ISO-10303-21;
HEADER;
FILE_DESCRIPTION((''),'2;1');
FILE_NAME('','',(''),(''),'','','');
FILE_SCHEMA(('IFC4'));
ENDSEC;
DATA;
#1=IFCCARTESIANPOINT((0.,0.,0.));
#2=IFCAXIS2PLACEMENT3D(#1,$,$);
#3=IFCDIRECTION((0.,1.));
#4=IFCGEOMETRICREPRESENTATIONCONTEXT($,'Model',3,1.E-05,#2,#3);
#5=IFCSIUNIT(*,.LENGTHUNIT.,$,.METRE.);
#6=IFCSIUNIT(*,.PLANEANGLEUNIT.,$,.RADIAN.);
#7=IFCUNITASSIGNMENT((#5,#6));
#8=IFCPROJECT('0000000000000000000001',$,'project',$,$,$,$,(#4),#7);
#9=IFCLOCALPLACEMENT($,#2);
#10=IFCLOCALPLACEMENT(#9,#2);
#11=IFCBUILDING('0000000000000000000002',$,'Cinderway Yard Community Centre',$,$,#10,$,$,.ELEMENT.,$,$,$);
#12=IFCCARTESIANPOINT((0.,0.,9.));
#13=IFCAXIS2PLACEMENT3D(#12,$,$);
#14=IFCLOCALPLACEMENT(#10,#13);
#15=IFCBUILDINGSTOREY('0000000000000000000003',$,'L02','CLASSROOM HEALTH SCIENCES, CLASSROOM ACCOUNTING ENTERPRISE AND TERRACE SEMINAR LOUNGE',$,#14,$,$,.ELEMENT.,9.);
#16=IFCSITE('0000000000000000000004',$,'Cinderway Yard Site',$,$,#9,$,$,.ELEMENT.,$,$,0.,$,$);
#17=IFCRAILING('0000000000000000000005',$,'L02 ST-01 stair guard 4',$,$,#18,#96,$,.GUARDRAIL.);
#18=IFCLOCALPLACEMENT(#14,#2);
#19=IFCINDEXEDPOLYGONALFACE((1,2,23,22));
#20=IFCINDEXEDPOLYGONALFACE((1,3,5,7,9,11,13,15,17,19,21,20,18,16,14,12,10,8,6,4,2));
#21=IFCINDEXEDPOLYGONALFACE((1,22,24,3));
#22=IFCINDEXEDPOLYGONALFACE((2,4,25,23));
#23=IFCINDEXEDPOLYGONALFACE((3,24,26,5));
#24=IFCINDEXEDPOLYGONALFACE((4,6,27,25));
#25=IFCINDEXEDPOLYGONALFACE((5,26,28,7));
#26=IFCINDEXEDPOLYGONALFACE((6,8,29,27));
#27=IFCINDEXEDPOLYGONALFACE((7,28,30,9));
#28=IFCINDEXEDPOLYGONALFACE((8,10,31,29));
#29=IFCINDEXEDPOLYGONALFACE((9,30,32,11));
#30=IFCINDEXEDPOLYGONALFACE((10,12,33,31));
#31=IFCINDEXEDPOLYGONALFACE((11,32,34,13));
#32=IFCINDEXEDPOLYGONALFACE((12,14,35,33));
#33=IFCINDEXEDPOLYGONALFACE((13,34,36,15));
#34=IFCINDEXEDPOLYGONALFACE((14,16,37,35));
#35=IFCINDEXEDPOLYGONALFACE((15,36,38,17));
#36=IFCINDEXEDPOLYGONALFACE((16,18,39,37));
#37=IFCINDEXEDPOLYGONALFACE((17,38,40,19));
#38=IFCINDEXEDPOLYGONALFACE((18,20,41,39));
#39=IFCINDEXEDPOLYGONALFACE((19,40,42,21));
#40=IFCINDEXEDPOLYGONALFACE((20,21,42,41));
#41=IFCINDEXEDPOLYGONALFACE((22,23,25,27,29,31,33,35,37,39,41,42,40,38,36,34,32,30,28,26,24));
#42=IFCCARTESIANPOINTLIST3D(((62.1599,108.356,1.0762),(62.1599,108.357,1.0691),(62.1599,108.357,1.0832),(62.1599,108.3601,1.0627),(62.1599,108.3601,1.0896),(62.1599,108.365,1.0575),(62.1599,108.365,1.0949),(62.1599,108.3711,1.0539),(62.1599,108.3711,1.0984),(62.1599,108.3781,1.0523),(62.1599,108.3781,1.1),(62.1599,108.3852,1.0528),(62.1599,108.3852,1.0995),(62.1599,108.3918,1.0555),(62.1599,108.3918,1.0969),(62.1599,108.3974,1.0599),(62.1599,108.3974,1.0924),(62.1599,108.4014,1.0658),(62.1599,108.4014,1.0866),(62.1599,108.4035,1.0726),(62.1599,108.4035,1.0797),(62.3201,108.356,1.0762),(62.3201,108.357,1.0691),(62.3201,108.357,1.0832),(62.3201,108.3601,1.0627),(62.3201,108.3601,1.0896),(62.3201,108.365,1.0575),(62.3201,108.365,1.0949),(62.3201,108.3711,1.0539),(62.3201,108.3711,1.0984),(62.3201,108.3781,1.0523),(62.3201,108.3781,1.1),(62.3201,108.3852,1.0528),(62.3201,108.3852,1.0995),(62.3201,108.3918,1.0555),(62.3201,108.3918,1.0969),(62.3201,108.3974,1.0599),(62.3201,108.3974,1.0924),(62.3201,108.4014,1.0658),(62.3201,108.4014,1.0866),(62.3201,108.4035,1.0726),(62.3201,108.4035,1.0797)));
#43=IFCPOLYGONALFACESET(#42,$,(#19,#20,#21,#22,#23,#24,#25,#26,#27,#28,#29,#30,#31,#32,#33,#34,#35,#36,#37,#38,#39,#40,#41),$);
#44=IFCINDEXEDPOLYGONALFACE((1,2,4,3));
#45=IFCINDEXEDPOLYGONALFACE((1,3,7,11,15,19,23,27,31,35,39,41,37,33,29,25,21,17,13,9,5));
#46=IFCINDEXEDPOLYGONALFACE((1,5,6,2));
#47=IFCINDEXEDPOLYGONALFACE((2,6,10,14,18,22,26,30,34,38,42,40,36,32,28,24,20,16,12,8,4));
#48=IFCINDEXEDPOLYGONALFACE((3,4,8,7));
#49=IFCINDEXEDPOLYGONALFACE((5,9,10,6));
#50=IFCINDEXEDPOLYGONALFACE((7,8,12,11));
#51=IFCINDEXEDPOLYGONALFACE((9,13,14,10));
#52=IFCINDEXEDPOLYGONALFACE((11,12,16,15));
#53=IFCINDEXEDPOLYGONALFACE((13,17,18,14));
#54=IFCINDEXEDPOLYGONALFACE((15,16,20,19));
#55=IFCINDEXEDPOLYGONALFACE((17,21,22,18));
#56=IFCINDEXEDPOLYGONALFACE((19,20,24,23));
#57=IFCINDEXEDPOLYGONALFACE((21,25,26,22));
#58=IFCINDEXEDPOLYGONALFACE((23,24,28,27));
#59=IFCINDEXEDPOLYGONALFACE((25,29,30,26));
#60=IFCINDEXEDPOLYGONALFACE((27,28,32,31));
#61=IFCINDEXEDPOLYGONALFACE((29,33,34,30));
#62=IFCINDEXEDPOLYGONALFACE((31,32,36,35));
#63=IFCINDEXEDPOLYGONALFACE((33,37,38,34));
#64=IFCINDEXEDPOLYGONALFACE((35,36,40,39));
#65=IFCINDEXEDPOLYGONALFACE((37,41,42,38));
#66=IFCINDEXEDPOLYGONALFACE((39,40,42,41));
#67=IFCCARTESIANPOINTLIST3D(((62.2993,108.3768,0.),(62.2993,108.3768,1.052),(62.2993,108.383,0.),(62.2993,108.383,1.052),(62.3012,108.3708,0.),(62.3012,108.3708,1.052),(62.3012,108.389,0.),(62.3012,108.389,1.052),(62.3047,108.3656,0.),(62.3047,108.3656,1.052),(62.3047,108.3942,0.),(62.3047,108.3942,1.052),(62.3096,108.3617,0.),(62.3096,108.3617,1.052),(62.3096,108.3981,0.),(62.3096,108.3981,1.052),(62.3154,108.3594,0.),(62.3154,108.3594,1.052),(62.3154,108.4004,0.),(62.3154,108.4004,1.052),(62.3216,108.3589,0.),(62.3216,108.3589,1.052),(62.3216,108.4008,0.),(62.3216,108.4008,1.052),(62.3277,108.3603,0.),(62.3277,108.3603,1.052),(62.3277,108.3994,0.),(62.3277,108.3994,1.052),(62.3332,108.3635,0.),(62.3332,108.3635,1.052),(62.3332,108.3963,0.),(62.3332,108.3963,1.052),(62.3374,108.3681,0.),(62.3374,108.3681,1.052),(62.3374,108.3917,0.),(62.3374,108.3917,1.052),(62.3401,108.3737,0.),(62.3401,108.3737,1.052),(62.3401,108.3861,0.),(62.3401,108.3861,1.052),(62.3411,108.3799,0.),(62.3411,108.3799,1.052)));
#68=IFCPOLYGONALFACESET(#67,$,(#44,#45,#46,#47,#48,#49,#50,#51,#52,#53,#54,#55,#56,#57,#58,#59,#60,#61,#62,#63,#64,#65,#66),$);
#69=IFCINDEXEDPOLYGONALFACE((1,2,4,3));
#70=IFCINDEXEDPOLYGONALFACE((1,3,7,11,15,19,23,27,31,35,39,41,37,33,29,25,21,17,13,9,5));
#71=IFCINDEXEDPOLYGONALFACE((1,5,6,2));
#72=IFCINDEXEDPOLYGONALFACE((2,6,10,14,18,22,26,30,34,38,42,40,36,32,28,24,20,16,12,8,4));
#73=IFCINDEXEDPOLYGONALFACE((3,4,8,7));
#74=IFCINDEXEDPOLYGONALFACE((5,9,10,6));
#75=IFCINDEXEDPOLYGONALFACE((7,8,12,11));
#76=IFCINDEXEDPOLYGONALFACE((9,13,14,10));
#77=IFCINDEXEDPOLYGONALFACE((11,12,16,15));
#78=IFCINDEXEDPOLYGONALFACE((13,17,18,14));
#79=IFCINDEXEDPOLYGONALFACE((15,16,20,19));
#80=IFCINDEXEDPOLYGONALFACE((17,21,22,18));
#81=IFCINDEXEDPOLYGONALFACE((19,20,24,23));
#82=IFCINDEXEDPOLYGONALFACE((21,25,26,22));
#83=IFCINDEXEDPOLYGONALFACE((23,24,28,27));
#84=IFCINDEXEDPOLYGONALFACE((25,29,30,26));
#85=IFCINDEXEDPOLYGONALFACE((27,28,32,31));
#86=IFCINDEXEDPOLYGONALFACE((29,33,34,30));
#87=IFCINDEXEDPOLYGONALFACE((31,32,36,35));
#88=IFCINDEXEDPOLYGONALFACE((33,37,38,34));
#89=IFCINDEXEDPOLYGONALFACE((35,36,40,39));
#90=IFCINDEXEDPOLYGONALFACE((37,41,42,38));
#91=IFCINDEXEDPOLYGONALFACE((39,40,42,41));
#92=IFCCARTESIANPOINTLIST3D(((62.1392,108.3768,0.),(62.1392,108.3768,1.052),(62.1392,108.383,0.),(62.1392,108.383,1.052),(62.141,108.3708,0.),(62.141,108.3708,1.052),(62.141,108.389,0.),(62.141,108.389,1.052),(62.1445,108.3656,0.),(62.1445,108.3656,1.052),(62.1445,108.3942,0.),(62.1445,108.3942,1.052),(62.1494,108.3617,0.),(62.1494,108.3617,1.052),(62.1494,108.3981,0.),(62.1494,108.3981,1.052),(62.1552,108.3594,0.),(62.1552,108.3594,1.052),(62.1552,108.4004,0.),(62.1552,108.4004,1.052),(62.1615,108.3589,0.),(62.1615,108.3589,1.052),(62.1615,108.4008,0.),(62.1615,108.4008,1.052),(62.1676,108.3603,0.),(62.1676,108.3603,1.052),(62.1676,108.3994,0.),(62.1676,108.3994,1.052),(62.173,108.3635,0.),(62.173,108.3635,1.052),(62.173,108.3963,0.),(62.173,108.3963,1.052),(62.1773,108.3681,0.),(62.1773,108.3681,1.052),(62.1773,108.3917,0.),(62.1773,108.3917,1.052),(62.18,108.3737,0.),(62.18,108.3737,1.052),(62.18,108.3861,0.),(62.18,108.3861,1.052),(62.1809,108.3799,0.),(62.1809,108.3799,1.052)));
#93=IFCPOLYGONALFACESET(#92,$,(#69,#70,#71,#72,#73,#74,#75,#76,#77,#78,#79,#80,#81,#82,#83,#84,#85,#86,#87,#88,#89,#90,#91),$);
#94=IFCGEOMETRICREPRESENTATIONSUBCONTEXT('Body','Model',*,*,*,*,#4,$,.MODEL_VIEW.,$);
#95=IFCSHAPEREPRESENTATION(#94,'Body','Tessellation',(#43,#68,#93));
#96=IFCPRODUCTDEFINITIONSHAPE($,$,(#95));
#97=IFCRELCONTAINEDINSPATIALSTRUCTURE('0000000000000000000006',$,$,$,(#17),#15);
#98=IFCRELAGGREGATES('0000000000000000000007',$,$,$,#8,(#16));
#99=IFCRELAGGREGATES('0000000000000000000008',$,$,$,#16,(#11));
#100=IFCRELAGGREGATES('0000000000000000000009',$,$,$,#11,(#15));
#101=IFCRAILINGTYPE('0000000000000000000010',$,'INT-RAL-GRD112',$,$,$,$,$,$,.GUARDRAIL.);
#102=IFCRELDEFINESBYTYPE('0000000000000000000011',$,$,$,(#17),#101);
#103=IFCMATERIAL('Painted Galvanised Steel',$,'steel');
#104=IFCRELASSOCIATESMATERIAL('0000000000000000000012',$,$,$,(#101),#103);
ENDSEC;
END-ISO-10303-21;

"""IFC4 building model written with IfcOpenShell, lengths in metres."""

from ifc_helpers import new_model, si_unit, direction, frame, origin, origin_2d, place, context, subcontext, project, spatial, circle, extrude, material, type_object, element, save


model = new_model("IFC4")

# Units and contexts
model_context = context("Model", 3, precision=1e-05, world=origin(), true_north=direction((0.0, 1.0)))
body_context = subcontext(model_context, "Body", "Model", "MODEL_VIEW")
ifc_project = project(units=[si_unit("LENGTHUNIT", "METRE"), si_unit("PLANEANGLEUNIT", "RADIAN")], contexts=[model_context])

# Site, building, storey
site_placement = place(None, origin())
site = spatial("IfcSite", under=ifc_project, at=site_placement, Name="Cinderway Yard Site", CompositionType="ELEMENT", RefElevation=0.0)
building_placement = place(site_placement, origin())
building = spatial("IfcBuilding", under=site, at=building_placement, Name="Cinderway Yard Community Centre", CompositionType="ELEMENT")
storey_placement = place(building_placement, frame((0.0, 0.0, 9.0)))
storey = spatial("IfcBuildingStorey", under=building, at=storey_placement, Name="L02", Description="CLASSROOM HEALTH SCIENCES, CLASSROOM ACCOUNTING ENTERPRISE AND TERRACE SEMINAR LOUNGE", CompositionType="ELEMENT", Elevation=9.0)

# Shared definitions
ifc_material_1 = material(Name="Painted Galvanised Steel", Category="steel")

# Railing
railing_type = type_object("IfcRailingType", Name="INT-RAL-GRD112", PredefinedType="GUARDRAIL", material=ifc_material_1)
railing_1_placement = place(storey_placement, frame((62.3201, 108.3799, 0.0)))
element("IfcRailing", 1, at=railing_1_placement, inside=storey, type_object=railing_type, Name="L02 ST-01 stair guard 4", PredefinedType="GUARDRAIL", context=body_context, shape_type="SweptSolid", body=[
    extrude(circle(Radius=0.0239, at=origin_2d()), frame((0.0, 0.0, 1.0762), z_axis=(-1.0, 0.0, 0.0), x_axis=(0.0, -1.0, 0.0)), (0.0, 0.0, 1.0), 0.1602),
    extrude(circle(Radius=0.021, at=origin_2d()), origin(), (0.0, 0.0, 1.0), 1.052),
    extrude(circle(Radius=0.021, at=origin_2d()), frame((-0.1602, 0.0, 0.0)), (0.0, 0.0, 1.0), 1.052),
])

save(model, "model.ifc")
